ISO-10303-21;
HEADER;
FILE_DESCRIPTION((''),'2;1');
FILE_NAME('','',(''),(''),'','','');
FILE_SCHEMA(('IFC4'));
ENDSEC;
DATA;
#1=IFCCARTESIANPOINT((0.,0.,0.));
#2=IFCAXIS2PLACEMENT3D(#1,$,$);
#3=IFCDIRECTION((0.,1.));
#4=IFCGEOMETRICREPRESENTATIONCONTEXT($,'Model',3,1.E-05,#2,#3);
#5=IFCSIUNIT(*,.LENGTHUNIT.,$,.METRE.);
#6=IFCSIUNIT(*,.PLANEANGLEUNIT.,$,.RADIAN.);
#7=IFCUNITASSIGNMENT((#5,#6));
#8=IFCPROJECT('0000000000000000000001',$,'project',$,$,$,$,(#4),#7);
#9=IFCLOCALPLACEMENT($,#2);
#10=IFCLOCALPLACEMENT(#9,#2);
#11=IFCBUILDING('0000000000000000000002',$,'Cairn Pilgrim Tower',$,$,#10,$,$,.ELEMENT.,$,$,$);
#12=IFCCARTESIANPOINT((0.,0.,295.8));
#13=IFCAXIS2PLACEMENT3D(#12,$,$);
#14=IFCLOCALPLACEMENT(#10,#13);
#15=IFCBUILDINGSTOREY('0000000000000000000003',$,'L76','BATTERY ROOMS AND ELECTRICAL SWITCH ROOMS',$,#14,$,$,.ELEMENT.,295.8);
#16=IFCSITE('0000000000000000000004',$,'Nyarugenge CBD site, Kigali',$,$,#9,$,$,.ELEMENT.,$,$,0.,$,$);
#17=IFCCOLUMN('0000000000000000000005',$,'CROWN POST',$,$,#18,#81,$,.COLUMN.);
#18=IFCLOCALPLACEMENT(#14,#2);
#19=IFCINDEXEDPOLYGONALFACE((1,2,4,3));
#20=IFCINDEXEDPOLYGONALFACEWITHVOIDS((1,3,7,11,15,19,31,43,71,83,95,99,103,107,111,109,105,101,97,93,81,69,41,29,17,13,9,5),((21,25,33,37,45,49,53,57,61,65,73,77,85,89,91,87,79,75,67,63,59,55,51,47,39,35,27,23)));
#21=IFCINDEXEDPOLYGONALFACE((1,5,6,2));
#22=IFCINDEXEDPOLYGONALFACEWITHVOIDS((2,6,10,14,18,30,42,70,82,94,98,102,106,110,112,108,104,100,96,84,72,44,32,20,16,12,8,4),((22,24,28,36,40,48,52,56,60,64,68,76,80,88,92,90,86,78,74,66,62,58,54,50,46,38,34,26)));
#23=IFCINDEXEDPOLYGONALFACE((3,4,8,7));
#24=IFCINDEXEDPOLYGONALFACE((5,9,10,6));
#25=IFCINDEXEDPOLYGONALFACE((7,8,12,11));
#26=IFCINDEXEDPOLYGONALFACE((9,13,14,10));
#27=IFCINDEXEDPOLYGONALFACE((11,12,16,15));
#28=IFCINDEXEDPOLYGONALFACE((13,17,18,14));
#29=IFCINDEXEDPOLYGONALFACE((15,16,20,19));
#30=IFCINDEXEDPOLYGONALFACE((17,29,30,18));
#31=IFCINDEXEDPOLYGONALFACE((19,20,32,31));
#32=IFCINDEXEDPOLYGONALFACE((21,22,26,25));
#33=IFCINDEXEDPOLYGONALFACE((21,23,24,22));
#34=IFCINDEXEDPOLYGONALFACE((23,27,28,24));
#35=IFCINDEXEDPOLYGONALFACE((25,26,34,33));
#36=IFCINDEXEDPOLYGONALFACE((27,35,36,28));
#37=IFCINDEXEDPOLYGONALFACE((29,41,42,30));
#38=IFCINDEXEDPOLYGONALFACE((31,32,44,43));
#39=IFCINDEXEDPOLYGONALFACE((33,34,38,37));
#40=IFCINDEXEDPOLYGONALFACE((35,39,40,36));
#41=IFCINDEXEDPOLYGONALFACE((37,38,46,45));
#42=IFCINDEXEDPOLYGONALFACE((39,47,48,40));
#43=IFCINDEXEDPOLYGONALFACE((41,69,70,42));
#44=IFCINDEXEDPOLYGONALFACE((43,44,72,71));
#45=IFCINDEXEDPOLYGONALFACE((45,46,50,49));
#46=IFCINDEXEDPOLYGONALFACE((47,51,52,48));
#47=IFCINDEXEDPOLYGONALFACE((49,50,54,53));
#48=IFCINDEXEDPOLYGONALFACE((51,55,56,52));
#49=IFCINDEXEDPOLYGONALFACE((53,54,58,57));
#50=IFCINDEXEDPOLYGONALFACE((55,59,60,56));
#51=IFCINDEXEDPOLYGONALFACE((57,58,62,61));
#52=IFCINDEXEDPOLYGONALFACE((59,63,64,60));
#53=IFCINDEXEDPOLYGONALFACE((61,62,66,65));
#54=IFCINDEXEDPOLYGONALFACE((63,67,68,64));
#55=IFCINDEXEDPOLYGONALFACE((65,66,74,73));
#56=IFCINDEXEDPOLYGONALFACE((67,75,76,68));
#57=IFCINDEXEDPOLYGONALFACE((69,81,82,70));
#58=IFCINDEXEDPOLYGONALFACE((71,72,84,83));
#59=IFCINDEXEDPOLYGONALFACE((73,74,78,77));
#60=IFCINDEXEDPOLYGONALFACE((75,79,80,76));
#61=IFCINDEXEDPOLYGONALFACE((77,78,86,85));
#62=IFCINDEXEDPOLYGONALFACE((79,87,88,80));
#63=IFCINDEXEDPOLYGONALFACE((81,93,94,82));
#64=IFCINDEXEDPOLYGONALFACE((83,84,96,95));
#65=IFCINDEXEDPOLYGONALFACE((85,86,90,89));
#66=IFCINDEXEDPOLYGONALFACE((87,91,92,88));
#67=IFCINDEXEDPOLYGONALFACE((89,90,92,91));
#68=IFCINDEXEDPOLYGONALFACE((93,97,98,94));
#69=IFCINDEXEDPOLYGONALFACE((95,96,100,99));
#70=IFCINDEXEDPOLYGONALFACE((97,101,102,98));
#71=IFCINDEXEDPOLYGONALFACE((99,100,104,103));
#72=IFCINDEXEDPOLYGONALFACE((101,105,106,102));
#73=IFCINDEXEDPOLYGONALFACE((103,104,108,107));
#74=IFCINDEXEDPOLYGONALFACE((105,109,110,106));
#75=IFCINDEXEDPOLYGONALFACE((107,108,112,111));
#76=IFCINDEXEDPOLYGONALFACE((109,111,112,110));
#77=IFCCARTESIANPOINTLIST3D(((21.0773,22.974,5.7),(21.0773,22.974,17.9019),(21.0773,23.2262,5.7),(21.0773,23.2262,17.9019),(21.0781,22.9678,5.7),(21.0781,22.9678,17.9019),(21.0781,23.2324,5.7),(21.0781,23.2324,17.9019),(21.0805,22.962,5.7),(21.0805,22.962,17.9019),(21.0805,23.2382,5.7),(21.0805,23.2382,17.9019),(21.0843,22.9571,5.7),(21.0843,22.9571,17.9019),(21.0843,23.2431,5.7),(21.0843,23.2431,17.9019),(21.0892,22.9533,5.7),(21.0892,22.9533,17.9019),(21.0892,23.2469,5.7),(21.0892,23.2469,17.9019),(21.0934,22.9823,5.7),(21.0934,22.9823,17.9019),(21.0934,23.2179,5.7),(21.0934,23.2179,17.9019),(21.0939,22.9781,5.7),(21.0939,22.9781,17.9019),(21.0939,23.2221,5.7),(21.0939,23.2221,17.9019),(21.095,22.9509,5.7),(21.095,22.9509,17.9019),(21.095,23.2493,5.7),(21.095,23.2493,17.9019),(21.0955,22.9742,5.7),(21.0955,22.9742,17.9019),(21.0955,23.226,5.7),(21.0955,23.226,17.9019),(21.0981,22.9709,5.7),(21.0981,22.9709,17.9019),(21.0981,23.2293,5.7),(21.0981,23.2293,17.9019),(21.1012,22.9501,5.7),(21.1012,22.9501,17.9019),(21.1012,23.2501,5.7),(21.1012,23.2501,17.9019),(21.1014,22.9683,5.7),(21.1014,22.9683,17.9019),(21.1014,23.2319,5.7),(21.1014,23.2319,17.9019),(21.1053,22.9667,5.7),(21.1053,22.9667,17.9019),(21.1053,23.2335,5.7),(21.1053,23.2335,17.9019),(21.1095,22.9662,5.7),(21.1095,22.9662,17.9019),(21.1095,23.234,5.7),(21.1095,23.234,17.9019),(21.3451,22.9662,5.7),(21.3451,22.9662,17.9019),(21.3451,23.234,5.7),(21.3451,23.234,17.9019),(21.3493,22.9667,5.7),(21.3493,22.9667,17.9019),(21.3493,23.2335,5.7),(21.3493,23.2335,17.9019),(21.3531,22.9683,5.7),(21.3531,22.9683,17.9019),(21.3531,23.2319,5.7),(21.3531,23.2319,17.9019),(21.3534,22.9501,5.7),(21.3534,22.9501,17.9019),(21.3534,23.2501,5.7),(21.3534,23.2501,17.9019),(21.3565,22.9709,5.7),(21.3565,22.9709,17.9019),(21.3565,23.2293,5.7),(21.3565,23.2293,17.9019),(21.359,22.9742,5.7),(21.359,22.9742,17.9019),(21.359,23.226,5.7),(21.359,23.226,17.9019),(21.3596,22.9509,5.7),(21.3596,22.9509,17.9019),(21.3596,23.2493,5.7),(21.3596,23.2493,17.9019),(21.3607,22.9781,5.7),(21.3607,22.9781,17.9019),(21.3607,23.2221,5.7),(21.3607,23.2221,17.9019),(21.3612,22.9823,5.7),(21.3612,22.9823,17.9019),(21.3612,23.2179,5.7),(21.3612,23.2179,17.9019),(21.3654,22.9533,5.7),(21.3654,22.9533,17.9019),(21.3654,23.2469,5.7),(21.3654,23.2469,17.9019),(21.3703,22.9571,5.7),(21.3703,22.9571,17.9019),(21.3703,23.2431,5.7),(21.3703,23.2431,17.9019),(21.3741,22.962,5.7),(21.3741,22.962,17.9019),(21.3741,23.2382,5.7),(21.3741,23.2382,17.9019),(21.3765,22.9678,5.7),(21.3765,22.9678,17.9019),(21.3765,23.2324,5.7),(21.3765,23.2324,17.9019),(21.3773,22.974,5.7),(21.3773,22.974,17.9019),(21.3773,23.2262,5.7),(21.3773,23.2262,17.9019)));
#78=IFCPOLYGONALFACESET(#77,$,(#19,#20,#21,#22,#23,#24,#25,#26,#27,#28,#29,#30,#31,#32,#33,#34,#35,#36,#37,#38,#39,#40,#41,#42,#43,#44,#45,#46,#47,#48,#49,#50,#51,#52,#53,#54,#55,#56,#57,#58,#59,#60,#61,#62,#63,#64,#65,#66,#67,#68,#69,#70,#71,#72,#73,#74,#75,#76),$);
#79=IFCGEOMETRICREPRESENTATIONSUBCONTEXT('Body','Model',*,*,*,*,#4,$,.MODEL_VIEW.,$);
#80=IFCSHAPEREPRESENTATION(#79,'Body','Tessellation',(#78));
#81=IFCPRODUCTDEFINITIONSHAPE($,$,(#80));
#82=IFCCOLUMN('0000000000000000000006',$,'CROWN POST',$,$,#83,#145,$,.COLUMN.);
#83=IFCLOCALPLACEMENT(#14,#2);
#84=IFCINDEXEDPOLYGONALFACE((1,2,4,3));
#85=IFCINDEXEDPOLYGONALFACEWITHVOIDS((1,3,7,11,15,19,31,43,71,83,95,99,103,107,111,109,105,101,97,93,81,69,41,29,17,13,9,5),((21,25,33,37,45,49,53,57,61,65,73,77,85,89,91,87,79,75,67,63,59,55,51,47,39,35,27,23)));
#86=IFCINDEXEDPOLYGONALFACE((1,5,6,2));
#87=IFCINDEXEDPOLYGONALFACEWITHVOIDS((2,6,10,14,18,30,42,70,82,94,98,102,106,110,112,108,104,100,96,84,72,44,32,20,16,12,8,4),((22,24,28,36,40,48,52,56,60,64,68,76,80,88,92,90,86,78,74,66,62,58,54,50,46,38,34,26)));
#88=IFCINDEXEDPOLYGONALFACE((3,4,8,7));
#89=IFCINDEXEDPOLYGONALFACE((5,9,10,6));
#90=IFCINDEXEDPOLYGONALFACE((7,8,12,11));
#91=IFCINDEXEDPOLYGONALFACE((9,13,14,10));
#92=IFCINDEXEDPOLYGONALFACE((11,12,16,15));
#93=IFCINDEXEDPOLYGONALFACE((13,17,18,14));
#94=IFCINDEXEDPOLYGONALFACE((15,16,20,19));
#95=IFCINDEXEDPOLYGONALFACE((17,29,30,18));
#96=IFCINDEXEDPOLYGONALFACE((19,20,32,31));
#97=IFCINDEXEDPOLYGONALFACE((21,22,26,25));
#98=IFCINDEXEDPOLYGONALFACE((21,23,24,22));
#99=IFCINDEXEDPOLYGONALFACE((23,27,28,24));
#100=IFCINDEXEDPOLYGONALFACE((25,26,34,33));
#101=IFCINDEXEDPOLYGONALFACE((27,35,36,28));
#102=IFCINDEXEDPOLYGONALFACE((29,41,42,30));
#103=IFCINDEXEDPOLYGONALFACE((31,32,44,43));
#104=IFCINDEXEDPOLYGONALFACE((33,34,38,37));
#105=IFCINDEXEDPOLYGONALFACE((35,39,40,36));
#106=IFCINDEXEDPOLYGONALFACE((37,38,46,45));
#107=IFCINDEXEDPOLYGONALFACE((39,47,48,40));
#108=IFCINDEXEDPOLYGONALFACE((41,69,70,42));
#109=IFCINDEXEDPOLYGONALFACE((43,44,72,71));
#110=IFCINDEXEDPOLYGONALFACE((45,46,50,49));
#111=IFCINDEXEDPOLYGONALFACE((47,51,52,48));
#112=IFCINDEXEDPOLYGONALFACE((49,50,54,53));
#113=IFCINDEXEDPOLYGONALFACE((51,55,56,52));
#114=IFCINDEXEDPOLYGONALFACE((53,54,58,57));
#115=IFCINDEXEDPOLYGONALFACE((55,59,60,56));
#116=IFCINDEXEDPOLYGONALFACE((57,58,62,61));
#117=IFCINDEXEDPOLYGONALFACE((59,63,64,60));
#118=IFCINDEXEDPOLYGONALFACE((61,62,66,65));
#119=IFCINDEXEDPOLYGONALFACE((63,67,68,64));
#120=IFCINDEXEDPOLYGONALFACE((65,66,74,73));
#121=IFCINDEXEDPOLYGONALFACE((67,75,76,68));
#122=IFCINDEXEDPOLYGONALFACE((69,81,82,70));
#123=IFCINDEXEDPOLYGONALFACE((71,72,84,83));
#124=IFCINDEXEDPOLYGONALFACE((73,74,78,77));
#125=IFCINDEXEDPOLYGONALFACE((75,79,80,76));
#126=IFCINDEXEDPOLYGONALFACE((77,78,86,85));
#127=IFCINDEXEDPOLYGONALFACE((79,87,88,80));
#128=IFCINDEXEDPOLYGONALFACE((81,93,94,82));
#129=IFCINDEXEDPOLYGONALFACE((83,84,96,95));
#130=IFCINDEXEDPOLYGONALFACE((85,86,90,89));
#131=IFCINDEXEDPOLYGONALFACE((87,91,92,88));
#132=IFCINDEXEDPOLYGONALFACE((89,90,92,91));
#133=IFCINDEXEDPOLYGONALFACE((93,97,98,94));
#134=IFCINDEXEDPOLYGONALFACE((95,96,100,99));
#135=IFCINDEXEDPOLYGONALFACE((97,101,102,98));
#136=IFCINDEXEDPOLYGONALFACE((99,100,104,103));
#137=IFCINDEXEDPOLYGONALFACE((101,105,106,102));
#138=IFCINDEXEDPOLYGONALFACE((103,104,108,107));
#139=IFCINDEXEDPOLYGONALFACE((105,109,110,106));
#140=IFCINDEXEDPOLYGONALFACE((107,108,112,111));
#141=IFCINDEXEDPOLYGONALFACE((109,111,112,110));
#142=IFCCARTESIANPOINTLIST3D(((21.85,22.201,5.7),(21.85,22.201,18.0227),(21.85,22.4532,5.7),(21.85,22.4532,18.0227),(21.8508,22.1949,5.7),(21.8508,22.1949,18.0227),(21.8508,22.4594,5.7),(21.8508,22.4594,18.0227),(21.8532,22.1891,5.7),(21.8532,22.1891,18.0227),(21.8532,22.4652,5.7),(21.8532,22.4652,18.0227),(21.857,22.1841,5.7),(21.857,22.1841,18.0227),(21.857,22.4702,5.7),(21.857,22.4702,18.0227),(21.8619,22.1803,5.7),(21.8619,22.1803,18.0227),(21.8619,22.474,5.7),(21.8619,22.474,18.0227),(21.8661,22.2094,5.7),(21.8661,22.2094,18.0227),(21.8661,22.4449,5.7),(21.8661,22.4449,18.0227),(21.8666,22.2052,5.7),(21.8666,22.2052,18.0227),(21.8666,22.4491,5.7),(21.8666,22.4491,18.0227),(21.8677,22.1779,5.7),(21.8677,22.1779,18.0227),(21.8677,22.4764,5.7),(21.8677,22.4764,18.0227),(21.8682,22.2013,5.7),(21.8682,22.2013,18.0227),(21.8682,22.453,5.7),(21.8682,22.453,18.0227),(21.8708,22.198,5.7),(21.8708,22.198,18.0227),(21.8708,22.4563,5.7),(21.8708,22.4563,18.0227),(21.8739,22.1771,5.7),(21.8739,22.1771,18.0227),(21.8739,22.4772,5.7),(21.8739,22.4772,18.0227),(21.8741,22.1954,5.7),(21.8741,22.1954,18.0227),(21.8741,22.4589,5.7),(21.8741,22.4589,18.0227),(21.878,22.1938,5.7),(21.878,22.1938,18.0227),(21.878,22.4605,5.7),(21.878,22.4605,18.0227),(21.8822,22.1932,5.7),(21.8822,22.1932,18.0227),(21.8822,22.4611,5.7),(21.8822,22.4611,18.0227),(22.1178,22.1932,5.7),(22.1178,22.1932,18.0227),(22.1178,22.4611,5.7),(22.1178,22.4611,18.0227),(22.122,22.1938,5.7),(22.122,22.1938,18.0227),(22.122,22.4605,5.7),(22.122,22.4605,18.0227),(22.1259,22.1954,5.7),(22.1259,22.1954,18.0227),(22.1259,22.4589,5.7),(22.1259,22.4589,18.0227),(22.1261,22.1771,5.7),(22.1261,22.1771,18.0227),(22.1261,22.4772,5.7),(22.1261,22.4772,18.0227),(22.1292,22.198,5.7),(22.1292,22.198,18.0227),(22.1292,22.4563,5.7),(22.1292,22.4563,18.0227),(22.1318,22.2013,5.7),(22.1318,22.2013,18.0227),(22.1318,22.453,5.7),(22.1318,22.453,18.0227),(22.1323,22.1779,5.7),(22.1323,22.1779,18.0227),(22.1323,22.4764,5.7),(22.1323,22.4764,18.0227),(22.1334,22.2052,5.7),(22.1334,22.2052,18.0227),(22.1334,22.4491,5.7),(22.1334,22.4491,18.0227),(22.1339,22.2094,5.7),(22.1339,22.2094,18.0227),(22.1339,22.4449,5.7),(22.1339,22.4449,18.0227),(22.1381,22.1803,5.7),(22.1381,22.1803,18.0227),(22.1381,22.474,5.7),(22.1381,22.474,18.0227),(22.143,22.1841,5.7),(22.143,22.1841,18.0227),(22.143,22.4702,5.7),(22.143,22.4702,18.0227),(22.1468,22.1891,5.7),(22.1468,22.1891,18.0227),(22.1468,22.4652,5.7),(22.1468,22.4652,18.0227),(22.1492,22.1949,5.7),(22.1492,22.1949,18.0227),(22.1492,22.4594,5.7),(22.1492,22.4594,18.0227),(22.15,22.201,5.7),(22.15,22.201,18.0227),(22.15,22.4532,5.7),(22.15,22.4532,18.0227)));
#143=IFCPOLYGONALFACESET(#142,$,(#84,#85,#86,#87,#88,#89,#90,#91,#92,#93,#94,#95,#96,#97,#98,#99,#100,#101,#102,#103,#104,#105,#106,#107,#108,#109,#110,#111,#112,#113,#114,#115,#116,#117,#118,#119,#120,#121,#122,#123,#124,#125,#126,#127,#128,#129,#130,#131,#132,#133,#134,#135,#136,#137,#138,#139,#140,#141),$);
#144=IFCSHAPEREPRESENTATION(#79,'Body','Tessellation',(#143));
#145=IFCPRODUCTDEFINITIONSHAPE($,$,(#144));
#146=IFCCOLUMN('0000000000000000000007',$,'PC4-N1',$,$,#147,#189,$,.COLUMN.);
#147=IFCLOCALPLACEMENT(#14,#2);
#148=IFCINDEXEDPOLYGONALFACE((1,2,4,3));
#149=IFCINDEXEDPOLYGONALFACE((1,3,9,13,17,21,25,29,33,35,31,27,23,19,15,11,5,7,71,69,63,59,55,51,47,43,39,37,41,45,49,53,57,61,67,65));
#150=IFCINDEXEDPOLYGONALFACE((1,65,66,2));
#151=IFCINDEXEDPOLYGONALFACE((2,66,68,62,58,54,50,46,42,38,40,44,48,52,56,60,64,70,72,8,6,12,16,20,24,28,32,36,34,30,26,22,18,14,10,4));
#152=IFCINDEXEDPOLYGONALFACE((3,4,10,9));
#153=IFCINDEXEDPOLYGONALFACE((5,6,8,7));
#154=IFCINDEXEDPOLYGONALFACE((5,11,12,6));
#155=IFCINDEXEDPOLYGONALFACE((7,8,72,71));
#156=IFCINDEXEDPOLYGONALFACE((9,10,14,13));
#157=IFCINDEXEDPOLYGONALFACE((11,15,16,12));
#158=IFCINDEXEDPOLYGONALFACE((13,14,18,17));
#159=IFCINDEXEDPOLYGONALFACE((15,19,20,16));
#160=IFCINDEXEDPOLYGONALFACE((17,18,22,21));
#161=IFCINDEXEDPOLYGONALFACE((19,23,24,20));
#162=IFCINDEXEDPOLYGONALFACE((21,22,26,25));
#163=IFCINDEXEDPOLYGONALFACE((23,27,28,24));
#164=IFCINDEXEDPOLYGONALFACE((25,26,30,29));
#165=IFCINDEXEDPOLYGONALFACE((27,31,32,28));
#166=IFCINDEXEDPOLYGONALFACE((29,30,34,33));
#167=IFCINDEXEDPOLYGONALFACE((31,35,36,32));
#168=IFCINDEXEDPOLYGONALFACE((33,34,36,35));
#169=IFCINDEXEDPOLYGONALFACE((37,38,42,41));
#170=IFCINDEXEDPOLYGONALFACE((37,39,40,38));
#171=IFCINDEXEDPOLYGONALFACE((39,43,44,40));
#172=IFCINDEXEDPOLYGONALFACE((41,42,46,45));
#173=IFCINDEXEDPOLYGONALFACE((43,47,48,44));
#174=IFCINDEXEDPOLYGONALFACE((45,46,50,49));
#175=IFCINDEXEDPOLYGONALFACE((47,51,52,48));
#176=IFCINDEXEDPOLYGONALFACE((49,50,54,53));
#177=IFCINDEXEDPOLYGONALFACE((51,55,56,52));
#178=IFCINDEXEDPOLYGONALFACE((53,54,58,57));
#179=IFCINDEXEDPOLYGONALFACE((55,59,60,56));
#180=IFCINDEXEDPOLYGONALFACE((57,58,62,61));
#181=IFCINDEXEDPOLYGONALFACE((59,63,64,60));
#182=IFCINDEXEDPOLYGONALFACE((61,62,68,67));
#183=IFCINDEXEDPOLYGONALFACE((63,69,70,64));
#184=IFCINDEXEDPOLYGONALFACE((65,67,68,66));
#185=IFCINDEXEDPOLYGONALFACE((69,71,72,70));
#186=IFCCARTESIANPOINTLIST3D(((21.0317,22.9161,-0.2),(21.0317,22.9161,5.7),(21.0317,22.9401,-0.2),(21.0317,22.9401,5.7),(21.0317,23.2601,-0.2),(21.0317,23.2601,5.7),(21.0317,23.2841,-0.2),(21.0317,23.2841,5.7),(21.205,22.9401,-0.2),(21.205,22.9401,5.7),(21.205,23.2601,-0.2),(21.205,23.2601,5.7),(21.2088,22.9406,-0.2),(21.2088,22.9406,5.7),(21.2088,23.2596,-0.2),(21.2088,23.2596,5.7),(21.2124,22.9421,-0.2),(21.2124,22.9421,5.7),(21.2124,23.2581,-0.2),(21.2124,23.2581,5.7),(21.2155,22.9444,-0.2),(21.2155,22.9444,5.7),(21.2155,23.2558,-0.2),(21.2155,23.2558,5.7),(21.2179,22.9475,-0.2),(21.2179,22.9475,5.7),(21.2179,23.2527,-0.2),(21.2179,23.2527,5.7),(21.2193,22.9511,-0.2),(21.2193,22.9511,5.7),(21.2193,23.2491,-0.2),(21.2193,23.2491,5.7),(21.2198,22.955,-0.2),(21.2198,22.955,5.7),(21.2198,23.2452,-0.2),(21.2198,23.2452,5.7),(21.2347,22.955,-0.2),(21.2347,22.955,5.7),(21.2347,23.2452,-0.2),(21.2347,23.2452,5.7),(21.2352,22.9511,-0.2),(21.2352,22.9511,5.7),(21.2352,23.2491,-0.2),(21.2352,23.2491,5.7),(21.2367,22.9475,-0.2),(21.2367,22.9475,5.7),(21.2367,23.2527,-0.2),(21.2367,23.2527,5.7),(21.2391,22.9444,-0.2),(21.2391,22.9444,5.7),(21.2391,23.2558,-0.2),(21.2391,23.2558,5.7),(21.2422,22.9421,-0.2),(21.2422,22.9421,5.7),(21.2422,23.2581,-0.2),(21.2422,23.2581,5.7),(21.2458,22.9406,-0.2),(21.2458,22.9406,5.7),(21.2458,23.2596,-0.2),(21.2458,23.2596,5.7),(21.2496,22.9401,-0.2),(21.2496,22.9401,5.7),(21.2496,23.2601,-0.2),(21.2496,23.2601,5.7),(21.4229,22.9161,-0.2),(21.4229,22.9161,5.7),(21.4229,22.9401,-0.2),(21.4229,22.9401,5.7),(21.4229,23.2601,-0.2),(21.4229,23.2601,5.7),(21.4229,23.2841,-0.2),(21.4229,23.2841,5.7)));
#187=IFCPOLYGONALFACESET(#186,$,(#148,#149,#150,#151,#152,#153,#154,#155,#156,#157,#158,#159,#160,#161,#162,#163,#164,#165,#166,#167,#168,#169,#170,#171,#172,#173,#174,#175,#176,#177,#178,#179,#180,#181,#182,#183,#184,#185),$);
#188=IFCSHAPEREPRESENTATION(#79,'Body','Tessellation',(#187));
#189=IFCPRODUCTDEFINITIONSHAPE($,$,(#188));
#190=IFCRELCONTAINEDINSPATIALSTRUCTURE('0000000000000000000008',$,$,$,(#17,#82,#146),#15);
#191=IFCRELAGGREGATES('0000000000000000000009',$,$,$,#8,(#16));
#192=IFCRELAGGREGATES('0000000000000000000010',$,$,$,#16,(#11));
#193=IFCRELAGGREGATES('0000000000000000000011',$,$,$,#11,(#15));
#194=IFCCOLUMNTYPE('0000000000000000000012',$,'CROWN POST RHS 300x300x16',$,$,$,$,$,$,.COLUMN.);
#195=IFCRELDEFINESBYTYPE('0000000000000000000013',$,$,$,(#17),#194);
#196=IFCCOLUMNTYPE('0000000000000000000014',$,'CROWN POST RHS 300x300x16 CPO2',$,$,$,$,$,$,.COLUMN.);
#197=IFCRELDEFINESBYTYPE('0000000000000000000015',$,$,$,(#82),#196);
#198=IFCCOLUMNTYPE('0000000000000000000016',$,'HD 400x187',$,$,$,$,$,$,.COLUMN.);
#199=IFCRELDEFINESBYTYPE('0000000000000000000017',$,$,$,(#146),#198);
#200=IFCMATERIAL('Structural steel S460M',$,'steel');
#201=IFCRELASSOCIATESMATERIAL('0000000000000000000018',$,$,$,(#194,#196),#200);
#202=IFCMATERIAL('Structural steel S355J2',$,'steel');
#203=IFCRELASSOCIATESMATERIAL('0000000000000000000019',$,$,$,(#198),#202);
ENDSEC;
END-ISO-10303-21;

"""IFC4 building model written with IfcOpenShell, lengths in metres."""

from ifc_helpers import new_model, si_unit, direction, frame, origin, origin_2d, place, context, subcontext, project, spatial, hollow_rectangle, i_section, extrude, material, material_profile, profile_set, type_object, element, save


model = new_model("IFC4")

# Units and contexts
model_context = context("Model", 3, precision=1e-05, world=origin(), true_north=direction((0.0, 1.0)))
body_context = subcontext(model_context, "Body", "Model", "MODEL_VIEW")
ifc_project = project(units=[si_unit("LENGTHUNIT", "METRE"), si_unit("PLANEANGLEUNIT", "RADIAN")], contexts=[model_context])

# Site, building, storey
site_placement = place(None, origin())
site = spatial("IfcSite", under=ifc_project, at=site_placement, Name="Nyarugenge CBD site, Kigali", CompositionType="ELEMENT", RefElevation=0.0)
building_placement = place(site_placement, origin())
building = spatial("IfcBuilding", under=site, at=building_placement, Name="Cairn Pilgrim Tower", CompositionType="ELEMENT")
storey_placement = place(building_placement, frame((0.0, 0.0, 295.8)))
storey = spatial("IfcBuildingStorey", under=building, at=storey_placement, Name="L76", Description="BATTERY ROOMS AND ELECTRICAL SWITCH ROOMS", CompositionType="ELEMENT", Elevation=295.8)

# Columns
ifc_material_1 = material(Name="Structural steel S460M", Category="steel")
ifc_material_profile_1 = material_profile(ifc_material_1, hollow_rectangle(XDim=0.3, YDim=0.3, WallThickness=0.0161, InnerFilletRadius=0.0161, OuterFilletRadius=0.0239, at=origin_2d()), Name="SHS 300x300x16")
ifc_profile_set_1 = profile_set([ifc_material_profile_1], Name="Structural steel S460M")
column_type_1 = type_object("IfcColumnType", Name="CROWN POST RHS 300x300x16", PredefinedType="COLUMN", material=ifc_profile_set_1)
column_1_placement = place(storey_placement, frame((21.2273, 23.1001, 5.7), z_axis=(0.0, 0.0, 1.0), x_axis=(1.0, 0.0, 0.0)))
element("IfcColumn", 1, at=column_1_placement, inside=storey, type_object=column_type_1, Name="CROWN POST", PredefinedType="COLUMN", context=body_context, shape_type="SweptSolid", body=[
    extrude(hollow_rectangle(XDim=0.3, YDim=0.3, WallThickness=0.0161, InnerFilletRadius=0.0161, OuterFilletRadius=0.0239, at=origin_2d()), origin(), (0.0, 0.0, 1.0), 12.2019),
])
ifc_material_profile_2 = material_profile(ifc_material_1, hollow_rectangle(XDim=0.3, YDim=0.3, WallThickness=0.0161, InnerFilletRadius=0.0161, OuterFilletRadius=0.0239, at=origin_2d()), Name="SHS 300x300x16")
ifc_profile_set_2 = profile_set([ifc_material_profile_2], Name="Structural steel S460M")
column_type_2 = type_object("IfcColumnType", Name="CROWN POST RHS 300x300x16 CPO2", PredefinedType="COLUMN", material=ifc_profile_set_2)
column_2_placement = place(storey_placement, frame((22.0, 22.3271, 5.7), z_axis=(0.0, 0.0, 1.0), x_axis=(1.0, 0.0, 0.0)))
element("IfcColumn", 2, at=column_2_placement, inside=storey, type_object=column_type_2, Name="CROWN POST", PredefinedType="COLUMN", context=body_context, shape_type="SweptSolid", body=[
    extrude(hollow_rectangle(XDim=0.3, YDim=0.3, WallThickness=0.0161, InnerFilletRadius=0.0161, OuterFilletRadius=0.0239, at=origin_2d()), origin(), (0.0, 0.0, 1.0), 12.3228),
])
ifc_material_2 = material(Name="Structural steel S355J2", Category="steel")
ifc_material_profile_3 = material_profile(ifc_material_2, i_section(OverallWidth=0.3911, OverallDepth=0.3679, WebThickness=0.0149, FlangeThickness=0.0239, FilletRadius=0.0149, at=origin_2d()), Name="HD 400x187")
ifc_profile_set_3 = profile_set([ifc_material_profile_3], Name="Structural steel S355J2")
column_type_3 = type_object("IfcColumnType", Name="HD 400x187", PredefinedType="COLUMN", material=ifc_profile_set_3)
column_3_placement = place(storey_placement, frame((21.2273, 23.1001, -0.2), z_axis=(0.0, 0.0, 1.0), x_axis=(1.0, 0.0, 0.0)))
element("IfcColumn", 3, at=column_3_placement, inside=storey, type_object=column_type_3, Name="PC4-N1", PredefinedType="COLUMN", context=body_context, shape_type="SweptSolid", body=[
    extrude(i_section(OverallWidth=0.3911, OverallDepth=0.3679, WebThickness=0.0149, FlangeThickness=0.0239, FilletRadius=0.0149, at=origin_2d()), origin(), (0.0, 0.0, 1.0), 5.8999),
])

save(model, "model.ifc")
